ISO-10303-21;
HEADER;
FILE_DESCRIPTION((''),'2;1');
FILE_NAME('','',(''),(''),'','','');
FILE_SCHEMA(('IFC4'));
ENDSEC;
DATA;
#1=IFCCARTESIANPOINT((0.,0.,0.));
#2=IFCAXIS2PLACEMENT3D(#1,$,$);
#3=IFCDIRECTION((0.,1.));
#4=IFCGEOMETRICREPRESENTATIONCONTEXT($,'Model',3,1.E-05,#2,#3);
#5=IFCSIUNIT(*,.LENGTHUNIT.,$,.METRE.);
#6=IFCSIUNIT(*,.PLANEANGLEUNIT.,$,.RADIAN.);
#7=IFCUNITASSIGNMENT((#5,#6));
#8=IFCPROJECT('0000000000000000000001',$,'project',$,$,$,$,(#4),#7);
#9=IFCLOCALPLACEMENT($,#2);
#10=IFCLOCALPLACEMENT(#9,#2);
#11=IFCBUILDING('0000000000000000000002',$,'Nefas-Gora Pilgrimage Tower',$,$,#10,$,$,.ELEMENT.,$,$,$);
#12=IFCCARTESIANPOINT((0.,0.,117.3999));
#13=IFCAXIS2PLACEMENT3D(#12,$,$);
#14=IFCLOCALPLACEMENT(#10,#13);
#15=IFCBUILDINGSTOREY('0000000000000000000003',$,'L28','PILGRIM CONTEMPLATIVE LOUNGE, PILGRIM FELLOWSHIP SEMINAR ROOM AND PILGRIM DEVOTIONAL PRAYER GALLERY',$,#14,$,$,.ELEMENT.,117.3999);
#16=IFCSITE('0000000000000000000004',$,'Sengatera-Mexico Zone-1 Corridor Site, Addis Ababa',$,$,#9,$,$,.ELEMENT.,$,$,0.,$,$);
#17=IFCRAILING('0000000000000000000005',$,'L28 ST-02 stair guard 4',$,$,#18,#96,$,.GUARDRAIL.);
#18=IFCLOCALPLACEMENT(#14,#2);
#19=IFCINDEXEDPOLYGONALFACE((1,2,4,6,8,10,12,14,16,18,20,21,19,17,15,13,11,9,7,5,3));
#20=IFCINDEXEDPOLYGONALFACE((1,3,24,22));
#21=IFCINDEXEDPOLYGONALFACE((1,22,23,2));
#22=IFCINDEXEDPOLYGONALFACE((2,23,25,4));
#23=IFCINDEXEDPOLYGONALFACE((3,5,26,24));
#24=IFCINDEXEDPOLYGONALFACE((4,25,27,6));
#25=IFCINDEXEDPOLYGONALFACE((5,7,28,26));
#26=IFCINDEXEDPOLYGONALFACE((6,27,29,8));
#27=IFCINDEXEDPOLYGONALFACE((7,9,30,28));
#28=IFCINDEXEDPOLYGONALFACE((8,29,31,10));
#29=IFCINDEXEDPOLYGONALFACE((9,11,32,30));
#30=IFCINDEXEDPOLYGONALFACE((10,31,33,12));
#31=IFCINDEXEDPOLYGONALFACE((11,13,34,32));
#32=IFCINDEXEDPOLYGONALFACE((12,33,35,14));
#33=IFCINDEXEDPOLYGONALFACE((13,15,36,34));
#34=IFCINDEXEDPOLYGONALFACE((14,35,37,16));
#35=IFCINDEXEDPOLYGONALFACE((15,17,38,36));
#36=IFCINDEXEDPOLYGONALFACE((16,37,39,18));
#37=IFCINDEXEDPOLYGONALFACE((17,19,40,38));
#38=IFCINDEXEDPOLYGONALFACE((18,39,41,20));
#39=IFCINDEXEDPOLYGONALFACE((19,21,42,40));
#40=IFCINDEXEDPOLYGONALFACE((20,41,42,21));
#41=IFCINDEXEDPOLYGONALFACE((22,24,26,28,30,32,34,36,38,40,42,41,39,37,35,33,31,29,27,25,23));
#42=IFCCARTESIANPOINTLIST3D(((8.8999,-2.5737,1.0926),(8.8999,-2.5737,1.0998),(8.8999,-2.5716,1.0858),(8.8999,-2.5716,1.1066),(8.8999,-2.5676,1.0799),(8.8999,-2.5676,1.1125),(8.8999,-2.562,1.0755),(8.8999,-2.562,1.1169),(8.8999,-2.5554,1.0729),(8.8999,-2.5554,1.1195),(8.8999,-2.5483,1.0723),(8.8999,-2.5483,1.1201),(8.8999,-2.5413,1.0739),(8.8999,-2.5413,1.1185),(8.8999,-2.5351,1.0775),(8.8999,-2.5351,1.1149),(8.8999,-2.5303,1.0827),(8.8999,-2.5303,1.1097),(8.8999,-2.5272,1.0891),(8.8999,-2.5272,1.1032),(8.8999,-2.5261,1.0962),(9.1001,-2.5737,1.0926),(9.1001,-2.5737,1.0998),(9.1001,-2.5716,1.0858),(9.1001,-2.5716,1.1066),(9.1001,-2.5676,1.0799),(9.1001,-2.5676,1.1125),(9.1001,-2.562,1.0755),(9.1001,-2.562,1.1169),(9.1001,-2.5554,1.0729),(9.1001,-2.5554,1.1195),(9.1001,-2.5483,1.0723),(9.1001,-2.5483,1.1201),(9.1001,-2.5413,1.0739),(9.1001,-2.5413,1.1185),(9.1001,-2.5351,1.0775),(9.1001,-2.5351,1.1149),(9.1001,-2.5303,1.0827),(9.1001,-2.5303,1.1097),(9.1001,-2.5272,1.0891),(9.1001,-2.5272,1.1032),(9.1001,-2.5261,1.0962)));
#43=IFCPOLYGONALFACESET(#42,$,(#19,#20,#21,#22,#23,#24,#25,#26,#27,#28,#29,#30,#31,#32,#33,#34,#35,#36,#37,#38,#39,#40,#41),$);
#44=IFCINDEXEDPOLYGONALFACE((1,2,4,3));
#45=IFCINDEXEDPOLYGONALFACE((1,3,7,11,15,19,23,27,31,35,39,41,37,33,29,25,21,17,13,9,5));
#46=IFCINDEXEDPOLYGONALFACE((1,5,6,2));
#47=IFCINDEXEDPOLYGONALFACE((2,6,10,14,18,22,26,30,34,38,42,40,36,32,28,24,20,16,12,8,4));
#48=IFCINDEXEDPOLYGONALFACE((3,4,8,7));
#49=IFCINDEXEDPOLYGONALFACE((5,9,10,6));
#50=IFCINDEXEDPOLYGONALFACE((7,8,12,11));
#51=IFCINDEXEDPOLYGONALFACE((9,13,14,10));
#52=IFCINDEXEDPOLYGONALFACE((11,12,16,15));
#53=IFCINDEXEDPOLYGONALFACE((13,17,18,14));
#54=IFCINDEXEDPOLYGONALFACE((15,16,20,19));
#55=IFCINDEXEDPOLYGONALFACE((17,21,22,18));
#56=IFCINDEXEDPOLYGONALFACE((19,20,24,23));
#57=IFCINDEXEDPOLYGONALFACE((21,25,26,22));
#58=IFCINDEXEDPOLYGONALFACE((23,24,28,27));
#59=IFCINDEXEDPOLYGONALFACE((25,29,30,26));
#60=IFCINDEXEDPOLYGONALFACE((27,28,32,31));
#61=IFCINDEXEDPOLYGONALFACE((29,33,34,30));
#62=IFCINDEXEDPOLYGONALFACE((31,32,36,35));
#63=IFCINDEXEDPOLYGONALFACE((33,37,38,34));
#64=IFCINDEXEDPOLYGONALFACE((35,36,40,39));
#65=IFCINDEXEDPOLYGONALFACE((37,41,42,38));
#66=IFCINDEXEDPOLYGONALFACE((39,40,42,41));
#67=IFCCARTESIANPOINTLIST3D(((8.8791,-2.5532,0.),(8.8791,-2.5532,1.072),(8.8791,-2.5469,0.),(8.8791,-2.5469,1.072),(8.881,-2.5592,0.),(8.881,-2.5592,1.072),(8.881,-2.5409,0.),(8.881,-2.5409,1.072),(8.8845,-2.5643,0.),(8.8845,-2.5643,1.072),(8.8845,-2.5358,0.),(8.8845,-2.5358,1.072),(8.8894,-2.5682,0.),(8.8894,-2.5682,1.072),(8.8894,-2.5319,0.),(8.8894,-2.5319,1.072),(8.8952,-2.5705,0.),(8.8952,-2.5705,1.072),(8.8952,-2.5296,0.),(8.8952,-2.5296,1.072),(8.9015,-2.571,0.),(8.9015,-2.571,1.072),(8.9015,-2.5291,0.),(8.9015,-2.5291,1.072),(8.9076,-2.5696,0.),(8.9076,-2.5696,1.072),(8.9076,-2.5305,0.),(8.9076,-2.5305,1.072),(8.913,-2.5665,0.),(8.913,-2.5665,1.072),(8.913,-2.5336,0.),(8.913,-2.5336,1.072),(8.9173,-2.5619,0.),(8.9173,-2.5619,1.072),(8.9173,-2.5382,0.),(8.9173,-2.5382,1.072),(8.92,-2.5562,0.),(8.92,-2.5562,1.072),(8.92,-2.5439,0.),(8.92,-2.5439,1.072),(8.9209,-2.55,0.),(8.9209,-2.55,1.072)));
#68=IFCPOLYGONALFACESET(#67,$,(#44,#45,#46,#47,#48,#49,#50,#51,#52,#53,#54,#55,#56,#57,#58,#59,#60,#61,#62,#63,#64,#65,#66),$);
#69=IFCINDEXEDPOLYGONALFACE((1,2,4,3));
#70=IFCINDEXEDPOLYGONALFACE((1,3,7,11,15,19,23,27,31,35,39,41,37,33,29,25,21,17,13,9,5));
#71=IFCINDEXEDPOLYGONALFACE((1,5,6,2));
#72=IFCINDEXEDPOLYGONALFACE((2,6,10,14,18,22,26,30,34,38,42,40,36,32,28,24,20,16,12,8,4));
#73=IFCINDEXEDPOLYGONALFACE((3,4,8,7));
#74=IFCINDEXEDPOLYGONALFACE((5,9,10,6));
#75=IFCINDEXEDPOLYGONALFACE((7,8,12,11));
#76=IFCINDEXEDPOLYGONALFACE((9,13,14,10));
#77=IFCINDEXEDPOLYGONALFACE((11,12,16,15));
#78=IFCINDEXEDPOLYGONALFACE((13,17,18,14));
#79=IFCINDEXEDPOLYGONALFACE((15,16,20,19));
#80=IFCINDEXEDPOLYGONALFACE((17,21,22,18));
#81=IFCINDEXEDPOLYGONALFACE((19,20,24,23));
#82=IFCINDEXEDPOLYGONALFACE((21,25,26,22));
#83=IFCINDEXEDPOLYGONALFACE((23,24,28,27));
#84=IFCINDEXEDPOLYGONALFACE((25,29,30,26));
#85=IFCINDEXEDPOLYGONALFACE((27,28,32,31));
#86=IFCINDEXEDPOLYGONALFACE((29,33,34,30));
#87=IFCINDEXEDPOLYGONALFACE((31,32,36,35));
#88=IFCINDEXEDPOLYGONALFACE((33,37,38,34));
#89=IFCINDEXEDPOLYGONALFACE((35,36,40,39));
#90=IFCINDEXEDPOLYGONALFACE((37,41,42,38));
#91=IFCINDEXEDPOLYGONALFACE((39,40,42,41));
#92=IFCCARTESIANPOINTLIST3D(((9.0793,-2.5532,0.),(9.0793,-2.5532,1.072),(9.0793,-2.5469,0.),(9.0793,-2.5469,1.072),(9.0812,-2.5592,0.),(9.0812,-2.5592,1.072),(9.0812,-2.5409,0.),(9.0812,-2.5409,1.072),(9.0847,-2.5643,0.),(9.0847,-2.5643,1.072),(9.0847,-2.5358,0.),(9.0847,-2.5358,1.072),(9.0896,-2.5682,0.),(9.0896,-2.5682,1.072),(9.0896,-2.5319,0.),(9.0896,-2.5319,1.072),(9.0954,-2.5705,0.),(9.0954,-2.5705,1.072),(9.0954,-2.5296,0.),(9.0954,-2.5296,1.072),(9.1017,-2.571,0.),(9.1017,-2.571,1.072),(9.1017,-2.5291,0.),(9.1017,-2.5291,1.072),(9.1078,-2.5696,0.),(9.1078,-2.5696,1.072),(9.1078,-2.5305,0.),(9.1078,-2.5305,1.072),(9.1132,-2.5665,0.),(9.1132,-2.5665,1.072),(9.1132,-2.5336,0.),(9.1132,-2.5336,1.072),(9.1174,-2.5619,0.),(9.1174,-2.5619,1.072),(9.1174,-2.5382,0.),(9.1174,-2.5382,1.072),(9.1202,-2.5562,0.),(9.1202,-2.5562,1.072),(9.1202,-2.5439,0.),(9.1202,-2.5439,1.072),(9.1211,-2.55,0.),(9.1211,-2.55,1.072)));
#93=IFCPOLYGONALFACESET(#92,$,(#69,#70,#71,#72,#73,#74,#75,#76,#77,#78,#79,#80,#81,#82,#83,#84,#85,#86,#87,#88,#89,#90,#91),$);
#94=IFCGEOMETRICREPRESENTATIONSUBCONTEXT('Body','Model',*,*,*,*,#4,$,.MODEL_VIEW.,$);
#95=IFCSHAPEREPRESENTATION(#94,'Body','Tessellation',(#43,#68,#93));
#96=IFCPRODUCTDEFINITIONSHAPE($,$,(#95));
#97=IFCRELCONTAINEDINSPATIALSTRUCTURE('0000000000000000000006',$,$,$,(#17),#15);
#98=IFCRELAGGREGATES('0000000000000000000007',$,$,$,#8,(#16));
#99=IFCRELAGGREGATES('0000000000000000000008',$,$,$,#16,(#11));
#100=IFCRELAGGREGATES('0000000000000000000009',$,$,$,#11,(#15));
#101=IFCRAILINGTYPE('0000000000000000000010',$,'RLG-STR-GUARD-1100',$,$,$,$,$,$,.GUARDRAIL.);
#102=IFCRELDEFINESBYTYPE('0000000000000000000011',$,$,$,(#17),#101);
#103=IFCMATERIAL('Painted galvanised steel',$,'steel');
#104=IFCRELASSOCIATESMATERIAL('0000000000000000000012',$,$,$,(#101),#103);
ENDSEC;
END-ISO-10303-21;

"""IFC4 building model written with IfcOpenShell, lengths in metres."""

from ifc_helpers import new_model, si_unit, direction, frame, origin, origin_2d, place, context, subcontext, project, spatial, circle, extrude, material, type_object, element, save


model = new_model("IFC4")

# Units and contexts
model_context = context("Model", 3, precision=1e-05, world=origin(), true_north=direction((0.0, 1.0)))
body_context = subcontext(model_context, "Body", "Model", "MODEL_VIEW")
ifc_project = project(units=[si_unit("LENGTHUNIT", "METRE"), si_unit("PLANEANGLEUNIT", "RADIAN")], contexts=[model_context])

# Site, building, storey
site_placement = place(None, origin())
site = spatial("IfcSite", under=ifc_project, at=site_placement, Name="Sengatera-Mexico Zone-1 Corridor Site, Addis Ababa", CompositionType="ELEMENT", RefElevation=0.0)
building_placement = place(site_placement, origin())
building = spatial("IfcBuilding", under=site, at=building_placement, Name="Nefas-Gora Pilgrimage Tower", CompositionType="ELEMENT")
storey_placement = place(building_placement, frame((0.0, 0.0, 117.3999)))
storey = spatial("IfcBuildingStorey", under=building, at=storey_placement, Name="L28", Description="PILGRIM CONTEMPLATIVE LOUNGE, PILGRIM FELLOWSHIP SEMINAR ROOM AND PILGRIM DEVOTIONAL PRAYER GALLERY", CompositionType="ELEMENT", Elevation=117.3999)

# Railing
ifc_material_1 = material(Name="Painted galvanised steel", Category="steel")
railing_type_1 = type_object("IfcRailingType", Name="RLG-STR-GUARD-1100", PredefinedType="GUARDRAIL", material=ifc_material_1)
railing_1_placement = place(storey_placement, frame((8.8999, -2.55, 0.0)))
element("IfcRailing", 1, at=railing_1_placement, inside=storey, type_object=railing_type_1, Name="L28 ST-02 stair guard 4", PredefinedType="GUARDRAIL", context=body_context, shape_type="SweptSolid", body=[
    extrude(circle(Radius=0.0239, at=origin_2d()), frame((0.0, 0.0, 1.0962), z_axis=(1.0, 0.0, 0.0), x_axis=(0.0, 1.0, 0.0)), (0.0, 0.0, 1.0), 0.2002),
    extrude(circle(Radius=0.021, at=origin_2d()), origin(), (0.0, 0.0, 1.0), 1.072),
    extrude(circle(Radius=0.021, at=origin_2d()), frame((0.2002, 0.0, 0.0)), (0.0, 0.0, 1.0), 1.072),
])

save(model, "model.ifc")
